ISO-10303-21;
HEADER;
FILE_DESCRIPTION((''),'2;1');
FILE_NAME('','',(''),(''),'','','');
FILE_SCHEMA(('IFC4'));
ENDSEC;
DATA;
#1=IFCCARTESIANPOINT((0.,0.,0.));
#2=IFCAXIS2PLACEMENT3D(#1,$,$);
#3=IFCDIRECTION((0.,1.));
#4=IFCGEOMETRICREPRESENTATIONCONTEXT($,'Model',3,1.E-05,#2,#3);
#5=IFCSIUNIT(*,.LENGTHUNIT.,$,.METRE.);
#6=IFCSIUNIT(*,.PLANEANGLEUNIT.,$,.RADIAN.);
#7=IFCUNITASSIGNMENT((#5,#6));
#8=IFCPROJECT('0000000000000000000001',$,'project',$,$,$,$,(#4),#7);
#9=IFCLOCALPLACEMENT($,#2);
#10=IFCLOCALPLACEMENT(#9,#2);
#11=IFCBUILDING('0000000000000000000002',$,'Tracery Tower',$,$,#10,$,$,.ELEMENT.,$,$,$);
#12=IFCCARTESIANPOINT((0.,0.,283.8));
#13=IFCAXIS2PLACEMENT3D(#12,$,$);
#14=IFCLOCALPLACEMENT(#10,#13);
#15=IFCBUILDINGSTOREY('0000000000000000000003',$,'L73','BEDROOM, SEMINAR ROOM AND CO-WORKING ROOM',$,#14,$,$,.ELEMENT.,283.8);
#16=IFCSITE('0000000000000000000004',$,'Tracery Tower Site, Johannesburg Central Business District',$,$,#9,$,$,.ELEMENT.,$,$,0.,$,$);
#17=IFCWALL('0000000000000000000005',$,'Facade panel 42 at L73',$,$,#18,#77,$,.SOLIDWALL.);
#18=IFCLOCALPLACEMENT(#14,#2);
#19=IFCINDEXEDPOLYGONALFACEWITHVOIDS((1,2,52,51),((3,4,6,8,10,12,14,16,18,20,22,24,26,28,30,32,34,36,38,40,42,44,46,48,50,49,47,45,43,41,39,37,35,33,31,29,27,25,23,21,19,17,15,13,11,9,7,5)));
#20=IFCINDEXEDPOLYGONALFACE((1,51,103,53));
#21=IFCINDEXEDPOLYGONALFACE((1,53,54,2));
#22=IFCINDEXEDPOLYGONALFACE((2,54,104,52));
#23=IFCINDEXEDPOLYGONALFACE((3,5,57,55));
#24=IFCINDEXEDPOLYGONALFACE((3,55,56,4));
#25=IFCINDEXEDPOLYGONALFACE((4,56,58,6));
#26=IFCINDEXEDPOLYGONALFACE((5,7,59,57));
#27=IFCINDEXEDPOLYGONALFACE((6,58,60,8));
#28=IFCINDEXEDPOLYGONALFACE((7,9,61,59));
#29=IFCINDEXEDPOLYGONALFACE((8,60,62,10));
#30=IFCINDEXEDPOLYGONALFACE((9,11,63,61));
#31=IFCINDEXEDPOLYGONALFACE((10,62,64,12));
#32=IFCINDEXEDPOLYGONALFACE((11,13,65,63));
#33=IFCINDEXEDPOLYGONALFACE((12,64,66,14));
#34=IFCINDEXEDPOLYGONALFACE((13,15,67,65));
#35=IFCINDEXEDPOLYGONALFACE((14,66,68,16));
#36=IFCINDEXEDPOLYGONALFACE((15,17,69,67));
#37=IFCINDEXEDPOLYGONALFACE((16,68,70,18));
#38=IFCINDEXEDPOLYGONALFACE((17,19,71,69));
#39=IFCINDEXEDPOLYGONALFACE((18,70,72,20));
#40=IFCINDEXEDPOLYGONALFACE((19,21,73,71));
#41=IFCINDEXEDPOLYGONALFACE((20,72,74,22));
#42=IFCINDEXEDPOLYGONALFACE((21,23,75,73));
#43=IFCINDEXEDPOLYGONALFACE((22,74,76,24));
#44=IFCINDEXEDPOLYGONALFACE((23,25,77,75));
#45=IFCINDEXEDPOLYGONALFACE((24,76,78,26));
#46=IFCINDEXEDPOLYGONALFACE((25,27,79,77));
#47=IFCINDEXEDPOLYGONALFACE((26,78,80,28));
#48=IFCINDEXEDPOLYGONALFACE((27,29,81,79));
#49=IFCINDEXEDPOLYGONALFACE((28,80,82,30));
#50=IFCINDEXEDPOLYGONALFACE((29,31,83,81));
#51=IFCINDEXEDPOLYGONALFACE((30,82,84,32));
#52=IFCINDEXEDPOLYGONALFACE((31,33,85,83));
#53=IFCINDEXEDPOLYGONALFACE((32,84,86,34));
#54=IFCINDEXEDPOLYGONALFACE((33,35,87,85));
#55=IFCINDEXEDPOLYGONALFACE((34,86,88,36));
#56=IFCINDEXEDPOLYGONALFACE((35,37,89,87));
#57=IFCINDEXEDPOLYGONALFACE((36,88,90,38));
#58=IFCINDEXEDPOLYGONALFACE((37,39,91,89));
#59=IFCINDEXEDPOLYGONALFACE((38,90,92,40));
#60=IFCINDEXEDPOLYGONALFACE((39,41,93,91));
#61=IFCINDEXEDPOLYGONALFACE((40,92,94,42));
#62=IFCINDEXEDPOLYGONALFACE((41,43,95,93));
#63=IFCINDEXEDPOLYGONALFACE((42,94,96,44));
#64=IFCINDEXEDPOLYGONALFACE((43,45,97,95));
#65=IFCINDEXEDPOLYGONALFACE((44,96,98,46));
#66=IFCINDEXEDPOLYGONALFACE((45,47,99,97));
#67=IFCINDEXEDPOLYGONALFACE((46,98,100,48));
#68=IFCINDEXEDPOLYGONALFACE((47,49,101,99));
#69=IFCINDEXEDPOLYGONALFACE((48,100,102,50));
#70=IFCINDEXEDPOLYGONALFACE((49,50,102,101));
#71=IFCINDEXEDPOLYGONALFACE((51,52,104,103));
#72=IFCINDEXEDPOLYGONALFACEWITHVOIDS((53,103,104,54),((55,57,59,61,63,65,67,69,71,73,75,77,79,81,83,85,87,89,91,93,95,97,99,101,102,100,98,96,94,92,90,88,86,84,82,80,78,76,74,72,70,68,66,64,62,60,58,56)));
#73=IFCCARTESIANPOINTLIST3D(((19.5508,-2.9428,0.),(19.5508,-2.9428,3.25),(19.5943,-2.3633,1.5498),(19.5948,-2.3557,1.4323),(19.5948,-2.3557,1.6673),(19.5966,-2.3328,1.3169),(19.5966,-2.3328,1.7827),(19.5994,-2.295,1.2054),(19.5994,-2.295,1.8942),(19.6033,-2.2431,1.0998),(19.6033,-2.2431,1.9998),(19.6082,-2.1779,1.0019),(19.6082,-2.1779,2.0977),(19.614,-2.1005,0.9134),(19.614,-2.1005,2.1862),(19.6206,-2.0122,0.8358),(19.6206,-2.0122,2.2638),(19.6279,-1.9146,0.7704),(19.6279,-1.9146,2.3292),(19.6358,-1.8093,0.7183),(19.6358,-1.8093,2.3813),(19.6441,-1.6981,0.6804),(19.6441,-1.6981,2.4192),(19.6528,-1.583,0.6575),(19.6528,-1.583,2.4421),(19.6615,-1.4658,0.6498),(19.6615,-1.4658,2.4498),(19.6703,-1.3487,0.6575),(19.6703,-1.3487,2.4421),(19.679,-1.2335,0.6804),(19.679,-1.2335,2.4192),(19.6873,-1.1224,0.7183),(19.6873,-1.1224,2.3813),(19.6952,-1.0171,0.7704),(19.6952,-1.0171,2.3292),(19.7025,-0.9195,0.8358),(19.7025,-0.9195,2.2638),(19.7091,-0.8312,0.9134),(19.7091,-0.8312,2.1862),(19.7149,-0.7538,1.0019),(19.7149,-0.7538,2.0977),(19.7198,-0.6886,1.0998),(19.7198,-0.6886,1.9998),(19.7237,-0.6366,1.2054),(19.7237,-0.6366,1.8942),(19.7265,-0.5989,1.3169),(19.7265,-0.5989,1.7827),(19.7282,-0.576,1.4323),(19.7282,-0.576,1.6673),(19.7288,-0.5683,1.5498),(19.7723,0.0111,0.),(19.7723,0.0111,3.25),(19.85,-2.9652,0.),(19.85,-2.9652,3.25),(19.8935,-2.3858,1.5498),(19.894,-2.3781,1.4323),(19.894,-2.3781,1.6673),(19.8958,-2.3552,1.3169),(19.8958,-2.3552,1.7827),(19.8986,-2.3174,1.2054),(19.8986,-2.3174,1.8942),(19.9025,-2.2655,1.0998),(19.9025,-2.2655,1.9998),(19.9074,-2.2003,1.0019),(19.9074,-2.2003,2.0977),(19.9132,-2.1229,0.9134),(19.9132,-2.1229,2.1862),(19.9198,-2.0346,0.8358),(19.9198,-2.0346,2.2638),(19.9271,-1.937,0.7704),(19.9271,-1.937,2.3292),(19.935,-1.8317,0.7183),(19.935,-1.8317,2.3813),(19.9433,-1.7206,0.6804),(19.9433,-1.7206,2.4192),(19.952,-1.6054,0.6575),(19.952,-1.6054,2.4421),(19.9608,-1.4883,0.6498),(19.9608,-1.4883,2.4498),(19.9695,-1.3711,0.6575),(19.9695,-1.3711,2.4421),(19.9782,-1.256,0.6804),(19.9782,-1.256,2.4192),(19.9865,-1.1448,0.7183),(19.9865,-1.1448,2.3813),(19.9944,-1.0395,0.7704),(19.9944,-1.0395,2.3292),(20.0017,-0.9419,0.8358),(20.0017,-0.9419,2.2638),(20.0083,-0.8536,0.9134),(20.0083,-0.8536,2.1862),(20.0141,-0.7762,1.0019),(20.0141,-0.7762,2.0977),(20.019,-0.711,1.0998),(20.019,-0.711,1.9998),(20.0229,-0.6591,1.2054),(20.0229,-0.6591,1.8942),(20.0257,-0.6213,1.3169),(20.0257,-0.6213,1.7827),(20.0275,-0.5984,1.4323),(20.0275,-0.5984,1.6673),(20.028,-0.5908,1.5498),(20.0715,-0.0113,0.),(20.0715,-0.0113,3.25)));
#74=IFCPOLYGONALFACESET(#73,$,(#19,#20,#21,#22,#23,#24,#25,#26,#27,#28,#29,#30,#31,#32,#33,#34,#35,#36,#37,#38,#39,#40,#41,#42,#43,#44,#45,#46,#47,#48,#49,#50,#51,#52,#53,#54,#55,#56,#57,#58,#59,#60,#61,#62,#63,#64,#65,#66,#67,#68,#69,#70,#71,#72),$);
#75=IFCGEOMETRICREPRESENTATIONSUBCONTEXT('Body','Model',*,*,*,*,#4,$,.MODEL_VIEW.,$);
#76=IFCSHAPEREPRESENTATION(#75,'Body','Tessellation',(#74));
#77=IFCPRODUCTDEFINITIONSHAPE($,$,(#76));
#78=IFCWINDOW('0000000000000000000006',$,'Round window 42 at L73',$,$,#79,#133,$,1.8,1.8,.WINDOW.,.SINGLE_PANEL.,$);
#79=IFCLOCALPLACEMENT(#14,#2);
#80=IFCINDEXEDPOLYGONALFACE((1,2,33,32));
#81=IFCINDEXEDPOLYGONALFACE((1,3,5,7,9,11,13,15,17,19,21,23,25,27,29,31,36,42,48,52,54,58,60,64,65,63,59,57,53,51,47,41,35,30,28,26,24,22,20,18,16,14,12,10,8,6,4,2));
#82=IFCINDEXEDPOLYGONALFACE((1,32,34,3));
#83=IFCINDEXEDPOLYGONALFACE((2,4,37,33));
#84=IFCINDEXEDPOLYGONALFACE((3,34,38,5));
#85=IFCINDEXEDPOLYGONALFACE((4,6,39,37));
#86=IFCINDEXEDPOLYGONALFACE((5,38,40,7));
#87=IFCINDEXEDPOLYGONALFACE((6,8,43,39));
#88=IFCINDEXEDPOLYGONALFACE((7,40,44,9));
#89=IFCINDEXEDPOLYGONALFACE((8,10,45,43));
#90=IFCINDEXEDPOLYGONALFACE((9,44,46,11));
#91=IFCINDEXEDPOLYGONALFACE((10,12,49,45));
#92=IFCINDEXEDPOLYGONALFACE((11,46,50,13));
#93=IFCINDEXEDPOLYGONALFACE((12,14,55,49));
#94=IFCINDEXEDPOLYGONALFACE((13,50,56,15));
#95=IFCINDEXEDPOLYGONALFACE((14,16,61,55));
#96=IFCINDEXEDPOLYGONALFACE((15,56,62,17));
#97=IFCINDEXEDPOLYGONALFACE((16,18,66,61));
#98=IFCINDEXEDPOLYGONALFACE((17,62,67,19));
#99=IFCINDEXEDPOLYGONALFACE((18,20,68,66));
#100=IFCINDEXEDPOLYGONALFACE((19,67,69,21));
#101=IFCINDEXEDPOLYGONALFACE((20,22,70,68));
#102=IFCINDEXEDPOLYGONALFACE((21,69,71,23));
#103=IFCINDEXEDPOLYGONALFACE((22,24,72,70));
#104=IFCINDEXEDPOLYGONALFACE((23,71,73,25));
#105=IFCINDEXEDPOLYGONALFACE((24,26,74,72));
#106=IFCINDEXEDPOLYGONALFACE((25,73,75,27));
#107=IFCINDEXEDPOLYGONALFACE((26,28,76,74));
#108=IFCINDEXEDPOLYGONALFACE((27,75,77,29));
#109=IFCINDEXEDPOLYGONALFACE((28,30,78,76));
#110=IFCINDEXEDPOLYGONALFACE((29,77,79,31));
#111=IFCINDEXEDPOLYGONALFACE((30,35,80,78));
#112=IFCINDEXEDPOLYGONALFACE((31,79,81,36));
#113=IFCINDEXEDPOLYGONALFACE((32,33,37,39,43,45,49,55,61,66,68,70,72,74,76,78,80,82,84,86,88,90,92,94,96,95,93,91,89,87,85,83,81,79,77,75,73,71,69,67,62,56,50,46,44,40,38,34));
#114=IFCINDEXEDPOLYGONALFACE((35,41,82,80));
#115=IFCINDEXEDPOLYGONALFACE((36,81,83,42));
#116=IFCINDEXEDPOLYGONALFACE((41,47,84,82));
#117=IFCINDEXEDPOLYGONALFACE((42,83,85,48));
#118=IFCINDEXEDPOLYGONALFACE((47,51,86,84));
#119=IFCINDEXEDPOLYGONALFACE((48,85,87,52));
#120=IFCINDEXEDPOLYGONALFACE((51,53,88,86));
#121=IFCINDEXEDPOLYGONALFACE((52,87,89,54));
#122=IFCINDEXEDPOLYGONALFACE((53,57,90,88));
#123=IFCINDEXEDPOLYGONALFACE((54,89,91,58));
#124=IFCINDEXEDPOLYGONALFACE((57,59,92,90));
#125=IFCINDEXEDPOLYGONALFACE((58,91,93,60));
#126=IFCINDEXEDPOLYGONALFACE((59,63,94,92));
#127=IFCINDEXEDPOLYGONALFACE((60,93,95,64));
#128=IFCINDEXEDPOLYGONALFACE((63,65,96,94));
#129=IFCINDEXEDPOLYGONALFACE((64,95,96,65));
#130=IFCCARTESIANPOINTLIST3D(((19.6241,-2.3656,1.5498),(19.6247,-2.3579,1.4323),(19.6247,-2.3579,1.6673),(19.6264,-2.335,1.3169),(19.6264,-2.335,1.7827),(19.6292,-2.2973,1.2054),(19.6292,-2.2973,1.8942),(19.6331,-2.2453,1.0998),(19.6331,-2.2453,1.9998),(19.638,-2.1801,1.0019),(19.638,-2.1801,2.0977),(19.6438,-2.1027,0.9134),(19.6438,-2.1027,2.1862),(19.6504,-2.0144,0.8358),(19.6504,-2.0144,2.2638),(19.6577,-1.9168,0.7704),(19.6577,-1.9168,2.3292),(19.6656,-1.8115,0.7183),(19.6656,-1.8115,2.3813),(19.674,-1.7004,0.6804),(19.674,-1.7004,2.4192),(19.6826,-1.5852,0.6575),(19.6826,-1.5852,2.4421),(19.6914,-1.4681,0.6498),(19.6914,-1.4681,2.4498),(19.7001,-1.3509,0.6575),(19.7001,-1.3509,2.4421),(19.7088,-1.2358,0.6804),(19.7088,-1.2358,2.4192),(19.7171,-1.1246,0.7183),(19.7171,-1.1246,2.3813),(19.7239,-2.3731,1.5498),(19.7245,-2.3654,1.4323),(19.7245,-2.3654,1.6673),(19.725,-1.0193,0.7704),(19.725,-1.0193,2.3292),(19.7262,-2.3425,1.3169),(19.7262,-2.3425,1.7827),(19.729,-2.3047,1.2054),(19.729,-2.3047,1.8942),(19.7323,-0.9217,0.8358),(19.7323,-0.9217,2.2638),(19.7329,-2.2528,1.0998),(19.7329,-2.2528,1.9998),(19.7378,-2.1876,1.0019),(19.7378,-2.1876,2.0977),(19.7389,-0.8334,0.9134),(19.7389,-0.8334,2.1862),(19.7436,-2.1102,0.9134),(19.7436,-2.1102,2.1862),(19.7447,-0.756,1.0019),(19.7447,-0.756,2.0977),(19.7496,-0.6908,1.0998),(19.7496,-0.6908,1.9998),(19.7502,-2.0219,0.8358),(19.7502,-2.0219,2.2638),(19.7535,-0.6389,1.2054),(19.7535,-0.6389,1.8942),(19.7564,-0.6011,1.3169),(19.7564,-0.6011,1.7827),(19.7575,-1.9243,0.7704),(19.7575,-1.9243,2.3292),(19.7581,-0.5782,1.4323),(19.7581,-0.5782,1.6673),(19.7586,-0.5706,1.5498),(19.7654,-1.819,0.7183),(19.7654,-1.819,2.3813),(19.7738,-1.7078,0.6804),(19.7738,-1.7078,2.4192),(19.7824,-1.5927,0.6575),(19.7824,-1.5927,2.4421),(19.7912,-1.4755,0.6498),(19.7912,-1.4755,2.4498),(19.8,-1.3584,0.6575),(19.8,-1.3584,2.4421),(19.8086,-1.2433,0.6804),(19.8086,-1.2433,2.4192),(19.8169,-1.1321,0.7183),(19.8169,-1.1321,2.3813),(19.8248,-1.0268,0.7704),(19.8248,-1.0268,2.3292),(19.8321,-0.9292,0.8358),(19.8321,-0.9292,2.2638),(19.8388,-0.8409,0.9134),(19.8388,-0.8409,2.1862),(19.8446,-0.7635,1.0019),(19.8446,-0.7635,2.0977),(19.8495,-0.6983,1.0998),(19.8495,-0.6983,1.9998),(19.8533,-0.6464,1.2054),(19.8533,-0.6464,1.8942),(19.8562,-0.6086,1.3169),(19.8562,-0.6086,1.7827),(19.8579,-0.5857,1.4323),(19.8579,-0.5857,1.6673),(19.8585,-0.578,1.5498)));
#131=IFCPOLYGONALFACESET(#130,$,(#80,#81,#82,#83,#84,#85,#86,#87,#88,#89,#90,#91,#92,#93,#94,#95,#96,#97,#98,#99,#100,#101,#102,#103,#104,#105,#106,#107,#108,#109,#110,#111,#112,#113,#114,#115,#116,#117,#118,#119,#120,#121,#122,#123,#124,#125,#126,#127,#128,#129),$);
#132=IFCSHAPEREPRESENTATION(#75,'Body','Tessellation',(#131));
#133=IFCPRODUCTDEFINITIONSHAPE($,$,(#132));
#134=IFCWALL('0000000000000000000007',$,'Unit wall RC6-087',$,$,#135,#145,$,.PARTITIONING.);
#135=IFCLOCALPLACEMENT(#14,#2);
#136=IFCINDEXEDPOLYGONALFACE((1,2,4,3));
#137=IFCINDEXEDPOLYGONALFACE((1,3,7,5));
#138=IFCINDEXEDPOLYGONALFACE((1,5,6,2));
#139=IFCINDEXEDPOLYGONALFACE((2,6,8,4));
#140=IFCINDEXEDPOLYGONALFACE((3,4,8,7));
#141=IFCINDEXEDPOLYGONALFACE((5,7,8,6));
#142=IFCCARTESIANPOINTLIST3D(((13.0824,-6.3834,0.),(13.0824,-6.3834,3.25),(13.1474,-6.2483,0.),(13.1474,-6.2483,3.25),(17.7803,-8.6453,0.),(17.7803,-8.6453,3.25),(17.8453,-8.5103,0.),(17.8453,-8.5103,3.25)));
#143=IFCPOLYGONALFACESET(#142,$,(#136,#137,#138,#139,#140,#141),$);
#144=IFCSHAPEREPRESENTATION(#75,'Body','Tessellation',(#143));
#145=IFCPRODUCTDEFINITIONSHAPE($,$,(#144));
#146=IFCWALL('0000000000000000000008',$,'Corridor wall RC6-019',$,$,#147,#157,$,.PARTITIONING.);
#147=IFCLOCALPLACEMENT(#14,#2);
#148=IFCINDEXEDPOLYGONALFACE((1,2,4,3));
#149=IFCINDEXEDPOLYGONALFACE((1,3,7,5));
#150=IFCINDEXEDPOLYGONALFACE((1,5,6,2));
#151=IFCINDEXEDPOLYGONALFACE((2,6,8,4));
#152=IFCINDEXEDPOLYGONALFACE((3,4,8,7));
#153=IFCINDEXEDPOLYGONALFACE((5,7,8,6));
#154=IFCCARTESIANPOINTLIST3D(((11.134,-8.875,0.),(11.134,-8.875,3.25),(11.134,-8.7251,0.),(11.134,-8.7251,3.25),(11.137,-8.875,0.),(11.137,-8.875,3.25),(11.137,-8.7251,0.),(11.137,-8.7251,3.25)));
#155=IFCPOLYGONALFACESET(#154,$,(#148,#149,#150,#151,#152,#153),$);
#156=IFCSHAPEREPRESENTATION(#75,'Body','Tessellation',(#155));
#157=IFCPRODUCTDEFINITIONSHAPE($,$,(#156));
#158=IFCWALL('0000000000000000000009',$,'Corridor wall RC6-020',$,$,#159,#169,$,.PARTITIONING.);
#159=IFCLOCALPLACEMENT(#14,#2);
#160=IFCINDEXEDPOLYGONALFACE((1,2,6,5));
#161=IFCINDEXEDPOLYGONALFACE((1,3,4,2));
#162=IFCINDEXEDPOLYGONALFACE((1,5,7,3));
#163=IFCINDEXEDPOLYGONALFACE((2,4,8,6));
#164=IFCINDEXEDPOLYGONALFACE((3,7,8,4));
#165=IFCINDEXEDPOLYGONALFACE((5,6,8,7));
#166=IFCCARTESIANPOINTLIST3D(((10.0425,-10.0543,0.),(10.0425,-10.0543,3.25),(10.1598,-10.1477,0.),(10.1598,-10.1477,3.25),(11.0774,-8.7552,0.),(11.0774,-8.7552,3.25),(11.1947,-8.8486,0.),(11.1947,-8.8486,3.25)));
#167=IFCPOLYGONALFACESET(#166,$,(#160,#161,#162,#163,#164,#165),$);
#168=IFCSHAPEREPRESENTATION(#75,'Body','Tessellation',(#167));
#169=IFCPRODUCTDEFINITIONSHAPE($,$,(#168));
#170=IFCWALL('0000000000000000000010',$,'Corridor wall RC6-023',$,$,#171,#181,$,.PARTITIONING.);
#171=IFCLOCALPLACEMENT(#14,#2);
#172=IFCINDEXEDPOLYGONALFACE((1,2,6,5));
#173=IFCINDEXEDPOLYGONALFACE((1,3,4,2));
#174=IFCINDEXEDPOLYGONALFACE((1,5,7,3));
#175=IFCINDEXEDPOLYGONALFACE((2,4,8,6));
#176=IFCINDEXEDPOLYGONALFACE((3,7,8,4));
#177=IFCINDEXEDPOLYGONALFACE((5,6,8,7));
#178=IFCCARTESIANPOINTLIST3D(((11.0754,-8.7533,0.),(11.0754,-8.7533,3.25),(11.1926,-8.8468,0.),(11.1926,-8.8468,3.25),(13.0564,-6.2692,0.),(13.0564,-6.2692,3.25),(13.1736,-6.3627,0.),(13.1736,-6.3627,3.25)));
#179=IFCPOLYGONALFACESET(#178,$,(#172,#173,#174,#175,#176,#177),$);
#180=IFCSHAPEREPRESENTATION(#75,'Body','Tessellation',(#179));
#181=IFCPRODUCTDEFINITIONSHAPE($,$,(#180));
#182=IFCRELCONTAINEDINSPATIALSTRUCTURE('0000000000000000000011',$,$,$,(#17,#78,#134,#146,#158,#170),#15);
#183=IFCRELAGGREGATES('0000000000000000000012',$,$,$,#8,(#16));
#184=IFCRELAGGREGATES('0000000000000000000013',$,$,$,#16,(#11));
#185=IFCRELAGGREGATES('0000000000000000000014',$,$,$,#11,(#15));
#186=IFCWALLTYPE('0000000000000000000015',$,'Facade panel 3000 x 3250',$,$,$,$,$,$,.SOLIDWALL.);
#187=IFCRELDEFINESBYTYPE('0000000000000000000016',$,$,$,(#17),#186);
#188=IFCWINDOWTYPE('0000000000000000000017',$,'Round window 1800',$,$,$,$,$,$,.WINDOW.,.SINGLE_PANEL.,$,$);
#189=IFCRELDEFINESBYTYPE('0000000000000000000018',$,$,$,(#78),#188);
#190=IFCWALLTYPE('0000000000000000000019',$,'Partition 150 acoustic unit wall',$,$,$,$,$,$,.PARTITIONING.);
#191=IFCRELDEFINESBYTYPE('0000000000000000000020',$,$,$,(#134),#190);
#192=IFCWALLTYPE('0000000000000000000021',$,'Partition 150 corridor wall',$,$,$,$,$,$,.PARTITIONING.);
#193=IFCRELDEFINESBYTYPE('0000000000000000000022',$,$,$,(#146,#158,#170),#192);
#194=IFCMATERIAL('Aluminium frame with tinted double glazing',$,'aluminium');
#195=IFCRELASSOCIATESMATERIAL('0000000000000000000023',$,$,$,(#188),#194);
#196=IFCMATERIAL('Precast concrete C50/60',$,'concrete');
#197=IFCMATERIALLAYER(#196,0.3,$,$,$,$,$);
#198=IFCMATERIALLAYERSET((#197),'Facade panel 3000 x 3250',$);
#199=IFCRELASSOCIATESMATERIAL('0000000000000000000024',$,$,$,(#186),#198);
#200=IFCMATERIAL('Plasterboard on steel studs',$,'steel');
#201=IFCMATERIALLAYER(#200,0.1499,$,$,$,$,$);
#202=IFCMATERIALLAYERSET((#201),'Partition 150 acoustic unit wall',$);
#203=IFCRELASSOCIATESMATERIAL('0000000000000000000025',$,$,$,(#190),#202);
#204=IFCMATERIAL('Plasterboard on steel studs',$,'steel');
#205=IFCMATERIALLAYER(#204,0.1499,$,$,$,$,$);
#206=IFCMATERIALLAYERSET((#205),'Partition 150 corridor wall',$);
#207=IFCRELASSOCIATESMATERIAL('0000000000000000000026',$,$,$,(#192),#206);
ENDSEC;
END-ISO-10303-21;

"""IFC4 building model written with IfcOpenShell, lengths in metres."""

from ifc_helpers import new_model, si_unit, direction, frame, frame_2d, origin, origin_2d, place, context, subcontext, project, spatial, rectangle, circle, extrude, material, layer, layer_set, type_object, element, fill, save


model = new_model("IFC4")

# Units and contexts
model_context = context("Model", 3, precision=1e-05, world=origin(), true_north=direction((0.0, 1.0)))
body_context = subcontext(model_context, "Body", "Model", "MODEL_VIEW")
ifc_project = project(units=[si_unit("LENGTHUNIT", "METRE"), si_unit("PLANEANGLEUNIT", "RADIAN")], contexts=[model_context])

# Site, building, storey
site_placement = place(None, origin())
site = spatial("IfcSite", under=ifc_project, at=site_placement, Name="Tracery Tower Site, Johannesburg Central Business District", CompositionType="ELEMENT", RefElevation=0.0)
building_placement = place(site_placement, origin())
building = spatial("IfcBuilding", under=site, at=building_placement, Name="Tracery Tower", CompositionType="ELEMENT")
storey_placement = place(building_placement, frame((0.0, 0.0, 283.8)))
storey = spatial("IfcBuildingStorey", under=building, at=storey_placement, Name="L73", Description="BEDROOM, SEMINAR ROOM AND CO-WORKING ROOM", CompositionType="ELEMENT", Elevation=283.8)

# Wall, opening, window
ifc_material_1 = material(Name="Aluminium frame with tinted double glazing", Category="aluminium")
window_type = type_object("IfcWindowType", Name="Round window 1800", PartitioningType="SINGLE_PANEL", PredefinedType="WINDOW", material=ifc_material_1)
ifc_material_2 = material(Name="Precast concrete C50/60", Category="concrete")
ifc_layer_1 = layer(ifc_material_2, 0.3)
ifc_layer_set_1 = layer_set([ifc_layer_1], Name="Facade panel 3000 x 3250")
wall_type_1 = type_object("IfcWallType", Name="Facade panel 3000 x 3250", PredefinedType="SOLIDWALL", material=ifc_layer_set_1)
wall_1_placement = place(storey_placement, frame((19.7004, -2.9539, 0.0), z_axis=(0.0, 0.0, 1.0), x_axis=(0.074755, 0.997202, 0.0)))
wall_1 = element("IfcWall", 1, at=wall_1_placement, inside=storey, type_object=wall_type_1, Name="Facade panel 42 at L73", PredefinedType="SOLIDWALL", context=body_context, shape_type="SweptSolid", body=[
    extrude(rectangle(XDim=2.9622, YDim=0.3, at=frame_2d((1.481, 0.0))), origin(), (0.0, 0.0, 1.0), 3.25),
])
opening_1_placement = place(wall_1_placement, frame((1.481, 0.0, 1.5498)))
opening_1 = element("IfcOpeningElement", 2, at=opening_1_placement, cuts=wall_1, PredefinedType="OPENING", context=body_context, shape_type="SweptSolid", body=[
    extrude(circle(Radius=0.9, at=origin_2d()), frame((0.0, 0.1599, 0.0), z_axis=(0.0, -1.0, 0.0), x_axis=(1.0, 0.0, 0.0)), (0.0, 0.0, 1.0), 0.3201),
])
window_1_placement = place(opening_1_placement, origin())
window_1 = element("IfcWindow", 3, at=window_1_placement, inside=storey, type_object=window_type, Name="Round window 42 at L73", OverallHeight=1.8, OverallWidth=1.8, PartitioningType="SINGLE_PANEL", PredefinedType="WINDOW", context=body_context, shape_type="SweptSolid", body=[
    extrude(circle(Radius=0.9, at=origin_2d()), frame((0.0, 0.1201, 0.0), z_axis=(0.0, -1.0, 0.0), x_axis=(1.0, 0.0, 0.0)), (0.0, 0.0, 1.0), 0.1001),
])
fill(opening_1, window_1)

# Walls
ifc_material_3 = material(Name="Plasterboard on steel studs", Category="steel")
ifc_layer_2 = layer(ifc_material_3, 0.1499)
ifc_layer_set_2 = layer_set([ifc_layer_2], Name="Partition 150 acoustic unit wall")
wall_type_2 = type_object("IfcWallType", Name="Partition 150 acoustic unit wall", PredefinedType="PARTITIONING", material=ifc_layer_set_2)
wall_2_placement = place(storey_placement, frame((13.115, -6.3159, 0.0), z_axis=(0.0, 0.0, 1.0), x_axis=(0.901004, -0.43381, 0.0)))
element("IfcWall", 4, at=wall_2_placement, inside=storey, type_object=wall_type_2, Name="Unit wall RC6-087", PredefinedType="PARTITIONING", context=body_context, shape_type="SweptSolid", body=[
    extrude(rectangle(XDim=5.2141, YDim=0.1499, at=frame_2d((2.6069, 0.0))), origin(), (0.0, 0.0, 1.0), 3.25),
])
ifc_material_4 = material(Name="Plasterboard on steel studs", Category="steel")
ifc_layer_3 = layer(ifc_material_4, 0.1499)
ifc_layer_set_3 = layer_set([ifc_layer_3], Name="Partition 150 corridor wall")
wall_type_3 = type_object("IfcWallType", Name="Partition 150 corridor wall", PredefinedType="PARTITIONING", material=ifc_layer_set_3)
wall_3_placement = place(storey_placement, frame((11.137, -8.8, 0.0), z_axis=(0.0, 0.0, 1.0), x_axis=(-1.0, 0.0, 0.0)))
element("IfcWall", 5, at=wall_3_placement, inside=storey, type_object=wall_type_3, Name="Corridor wall RC6-019", PredefinedType="PARTITIONING", context=body_context, shape_type="SweptSolid", body=[
    extrude(rectangle(XDim=0.0029, YDim=0.1499, at=frame_2d((0.0015, 0.0))), origin(), (0.0, 0.0, 1.0), 3.25),
])
wall_4_placement = place(storey_placement, frame((10.1011, -10.1011, 0.0), z_axis=(0.0, 0.0, 1.0), x_axis=(0.623098, 0.782143, 0.0)))
element("IfcWall", 6, at=wall_4_placement, inside=storey, type_object=wall_type_3, Name="Corridor wall RC6-020", PredefinedType="PARTITIONING", context=body_context, shape_type="SweptSolid", body=[
    extrude(rectangle(XDim=1.6609, YDim=0.1499, at=frame_2d((0.8306, 0.0))), origin(), (0.0, 0.0, 1.0), 3.25),
])
wall_5_placement = place(storey_placement, frame((11.134, -8.8, 0.0), z_axis=(0.0, 0.0, 1.0), x_axis=(0.623476, 0.781842, 0.0)))
element("IfcWall", 7, at=wall_5_placement, inside=storey, type_object=wall_type_3, Name="Corridor wall RC6-023", PredefinedType="PARTITIONING", context=body_context, shape_type="SweptSolid", body=[
    extrude(rectangle(XDim=3.1772, YDim=0.1499, at=frame_2d((1.5886, 0.0))), origin(), (0.0, 0.0, 1.0), 3.25),
])

save(model, "model.ifc")
